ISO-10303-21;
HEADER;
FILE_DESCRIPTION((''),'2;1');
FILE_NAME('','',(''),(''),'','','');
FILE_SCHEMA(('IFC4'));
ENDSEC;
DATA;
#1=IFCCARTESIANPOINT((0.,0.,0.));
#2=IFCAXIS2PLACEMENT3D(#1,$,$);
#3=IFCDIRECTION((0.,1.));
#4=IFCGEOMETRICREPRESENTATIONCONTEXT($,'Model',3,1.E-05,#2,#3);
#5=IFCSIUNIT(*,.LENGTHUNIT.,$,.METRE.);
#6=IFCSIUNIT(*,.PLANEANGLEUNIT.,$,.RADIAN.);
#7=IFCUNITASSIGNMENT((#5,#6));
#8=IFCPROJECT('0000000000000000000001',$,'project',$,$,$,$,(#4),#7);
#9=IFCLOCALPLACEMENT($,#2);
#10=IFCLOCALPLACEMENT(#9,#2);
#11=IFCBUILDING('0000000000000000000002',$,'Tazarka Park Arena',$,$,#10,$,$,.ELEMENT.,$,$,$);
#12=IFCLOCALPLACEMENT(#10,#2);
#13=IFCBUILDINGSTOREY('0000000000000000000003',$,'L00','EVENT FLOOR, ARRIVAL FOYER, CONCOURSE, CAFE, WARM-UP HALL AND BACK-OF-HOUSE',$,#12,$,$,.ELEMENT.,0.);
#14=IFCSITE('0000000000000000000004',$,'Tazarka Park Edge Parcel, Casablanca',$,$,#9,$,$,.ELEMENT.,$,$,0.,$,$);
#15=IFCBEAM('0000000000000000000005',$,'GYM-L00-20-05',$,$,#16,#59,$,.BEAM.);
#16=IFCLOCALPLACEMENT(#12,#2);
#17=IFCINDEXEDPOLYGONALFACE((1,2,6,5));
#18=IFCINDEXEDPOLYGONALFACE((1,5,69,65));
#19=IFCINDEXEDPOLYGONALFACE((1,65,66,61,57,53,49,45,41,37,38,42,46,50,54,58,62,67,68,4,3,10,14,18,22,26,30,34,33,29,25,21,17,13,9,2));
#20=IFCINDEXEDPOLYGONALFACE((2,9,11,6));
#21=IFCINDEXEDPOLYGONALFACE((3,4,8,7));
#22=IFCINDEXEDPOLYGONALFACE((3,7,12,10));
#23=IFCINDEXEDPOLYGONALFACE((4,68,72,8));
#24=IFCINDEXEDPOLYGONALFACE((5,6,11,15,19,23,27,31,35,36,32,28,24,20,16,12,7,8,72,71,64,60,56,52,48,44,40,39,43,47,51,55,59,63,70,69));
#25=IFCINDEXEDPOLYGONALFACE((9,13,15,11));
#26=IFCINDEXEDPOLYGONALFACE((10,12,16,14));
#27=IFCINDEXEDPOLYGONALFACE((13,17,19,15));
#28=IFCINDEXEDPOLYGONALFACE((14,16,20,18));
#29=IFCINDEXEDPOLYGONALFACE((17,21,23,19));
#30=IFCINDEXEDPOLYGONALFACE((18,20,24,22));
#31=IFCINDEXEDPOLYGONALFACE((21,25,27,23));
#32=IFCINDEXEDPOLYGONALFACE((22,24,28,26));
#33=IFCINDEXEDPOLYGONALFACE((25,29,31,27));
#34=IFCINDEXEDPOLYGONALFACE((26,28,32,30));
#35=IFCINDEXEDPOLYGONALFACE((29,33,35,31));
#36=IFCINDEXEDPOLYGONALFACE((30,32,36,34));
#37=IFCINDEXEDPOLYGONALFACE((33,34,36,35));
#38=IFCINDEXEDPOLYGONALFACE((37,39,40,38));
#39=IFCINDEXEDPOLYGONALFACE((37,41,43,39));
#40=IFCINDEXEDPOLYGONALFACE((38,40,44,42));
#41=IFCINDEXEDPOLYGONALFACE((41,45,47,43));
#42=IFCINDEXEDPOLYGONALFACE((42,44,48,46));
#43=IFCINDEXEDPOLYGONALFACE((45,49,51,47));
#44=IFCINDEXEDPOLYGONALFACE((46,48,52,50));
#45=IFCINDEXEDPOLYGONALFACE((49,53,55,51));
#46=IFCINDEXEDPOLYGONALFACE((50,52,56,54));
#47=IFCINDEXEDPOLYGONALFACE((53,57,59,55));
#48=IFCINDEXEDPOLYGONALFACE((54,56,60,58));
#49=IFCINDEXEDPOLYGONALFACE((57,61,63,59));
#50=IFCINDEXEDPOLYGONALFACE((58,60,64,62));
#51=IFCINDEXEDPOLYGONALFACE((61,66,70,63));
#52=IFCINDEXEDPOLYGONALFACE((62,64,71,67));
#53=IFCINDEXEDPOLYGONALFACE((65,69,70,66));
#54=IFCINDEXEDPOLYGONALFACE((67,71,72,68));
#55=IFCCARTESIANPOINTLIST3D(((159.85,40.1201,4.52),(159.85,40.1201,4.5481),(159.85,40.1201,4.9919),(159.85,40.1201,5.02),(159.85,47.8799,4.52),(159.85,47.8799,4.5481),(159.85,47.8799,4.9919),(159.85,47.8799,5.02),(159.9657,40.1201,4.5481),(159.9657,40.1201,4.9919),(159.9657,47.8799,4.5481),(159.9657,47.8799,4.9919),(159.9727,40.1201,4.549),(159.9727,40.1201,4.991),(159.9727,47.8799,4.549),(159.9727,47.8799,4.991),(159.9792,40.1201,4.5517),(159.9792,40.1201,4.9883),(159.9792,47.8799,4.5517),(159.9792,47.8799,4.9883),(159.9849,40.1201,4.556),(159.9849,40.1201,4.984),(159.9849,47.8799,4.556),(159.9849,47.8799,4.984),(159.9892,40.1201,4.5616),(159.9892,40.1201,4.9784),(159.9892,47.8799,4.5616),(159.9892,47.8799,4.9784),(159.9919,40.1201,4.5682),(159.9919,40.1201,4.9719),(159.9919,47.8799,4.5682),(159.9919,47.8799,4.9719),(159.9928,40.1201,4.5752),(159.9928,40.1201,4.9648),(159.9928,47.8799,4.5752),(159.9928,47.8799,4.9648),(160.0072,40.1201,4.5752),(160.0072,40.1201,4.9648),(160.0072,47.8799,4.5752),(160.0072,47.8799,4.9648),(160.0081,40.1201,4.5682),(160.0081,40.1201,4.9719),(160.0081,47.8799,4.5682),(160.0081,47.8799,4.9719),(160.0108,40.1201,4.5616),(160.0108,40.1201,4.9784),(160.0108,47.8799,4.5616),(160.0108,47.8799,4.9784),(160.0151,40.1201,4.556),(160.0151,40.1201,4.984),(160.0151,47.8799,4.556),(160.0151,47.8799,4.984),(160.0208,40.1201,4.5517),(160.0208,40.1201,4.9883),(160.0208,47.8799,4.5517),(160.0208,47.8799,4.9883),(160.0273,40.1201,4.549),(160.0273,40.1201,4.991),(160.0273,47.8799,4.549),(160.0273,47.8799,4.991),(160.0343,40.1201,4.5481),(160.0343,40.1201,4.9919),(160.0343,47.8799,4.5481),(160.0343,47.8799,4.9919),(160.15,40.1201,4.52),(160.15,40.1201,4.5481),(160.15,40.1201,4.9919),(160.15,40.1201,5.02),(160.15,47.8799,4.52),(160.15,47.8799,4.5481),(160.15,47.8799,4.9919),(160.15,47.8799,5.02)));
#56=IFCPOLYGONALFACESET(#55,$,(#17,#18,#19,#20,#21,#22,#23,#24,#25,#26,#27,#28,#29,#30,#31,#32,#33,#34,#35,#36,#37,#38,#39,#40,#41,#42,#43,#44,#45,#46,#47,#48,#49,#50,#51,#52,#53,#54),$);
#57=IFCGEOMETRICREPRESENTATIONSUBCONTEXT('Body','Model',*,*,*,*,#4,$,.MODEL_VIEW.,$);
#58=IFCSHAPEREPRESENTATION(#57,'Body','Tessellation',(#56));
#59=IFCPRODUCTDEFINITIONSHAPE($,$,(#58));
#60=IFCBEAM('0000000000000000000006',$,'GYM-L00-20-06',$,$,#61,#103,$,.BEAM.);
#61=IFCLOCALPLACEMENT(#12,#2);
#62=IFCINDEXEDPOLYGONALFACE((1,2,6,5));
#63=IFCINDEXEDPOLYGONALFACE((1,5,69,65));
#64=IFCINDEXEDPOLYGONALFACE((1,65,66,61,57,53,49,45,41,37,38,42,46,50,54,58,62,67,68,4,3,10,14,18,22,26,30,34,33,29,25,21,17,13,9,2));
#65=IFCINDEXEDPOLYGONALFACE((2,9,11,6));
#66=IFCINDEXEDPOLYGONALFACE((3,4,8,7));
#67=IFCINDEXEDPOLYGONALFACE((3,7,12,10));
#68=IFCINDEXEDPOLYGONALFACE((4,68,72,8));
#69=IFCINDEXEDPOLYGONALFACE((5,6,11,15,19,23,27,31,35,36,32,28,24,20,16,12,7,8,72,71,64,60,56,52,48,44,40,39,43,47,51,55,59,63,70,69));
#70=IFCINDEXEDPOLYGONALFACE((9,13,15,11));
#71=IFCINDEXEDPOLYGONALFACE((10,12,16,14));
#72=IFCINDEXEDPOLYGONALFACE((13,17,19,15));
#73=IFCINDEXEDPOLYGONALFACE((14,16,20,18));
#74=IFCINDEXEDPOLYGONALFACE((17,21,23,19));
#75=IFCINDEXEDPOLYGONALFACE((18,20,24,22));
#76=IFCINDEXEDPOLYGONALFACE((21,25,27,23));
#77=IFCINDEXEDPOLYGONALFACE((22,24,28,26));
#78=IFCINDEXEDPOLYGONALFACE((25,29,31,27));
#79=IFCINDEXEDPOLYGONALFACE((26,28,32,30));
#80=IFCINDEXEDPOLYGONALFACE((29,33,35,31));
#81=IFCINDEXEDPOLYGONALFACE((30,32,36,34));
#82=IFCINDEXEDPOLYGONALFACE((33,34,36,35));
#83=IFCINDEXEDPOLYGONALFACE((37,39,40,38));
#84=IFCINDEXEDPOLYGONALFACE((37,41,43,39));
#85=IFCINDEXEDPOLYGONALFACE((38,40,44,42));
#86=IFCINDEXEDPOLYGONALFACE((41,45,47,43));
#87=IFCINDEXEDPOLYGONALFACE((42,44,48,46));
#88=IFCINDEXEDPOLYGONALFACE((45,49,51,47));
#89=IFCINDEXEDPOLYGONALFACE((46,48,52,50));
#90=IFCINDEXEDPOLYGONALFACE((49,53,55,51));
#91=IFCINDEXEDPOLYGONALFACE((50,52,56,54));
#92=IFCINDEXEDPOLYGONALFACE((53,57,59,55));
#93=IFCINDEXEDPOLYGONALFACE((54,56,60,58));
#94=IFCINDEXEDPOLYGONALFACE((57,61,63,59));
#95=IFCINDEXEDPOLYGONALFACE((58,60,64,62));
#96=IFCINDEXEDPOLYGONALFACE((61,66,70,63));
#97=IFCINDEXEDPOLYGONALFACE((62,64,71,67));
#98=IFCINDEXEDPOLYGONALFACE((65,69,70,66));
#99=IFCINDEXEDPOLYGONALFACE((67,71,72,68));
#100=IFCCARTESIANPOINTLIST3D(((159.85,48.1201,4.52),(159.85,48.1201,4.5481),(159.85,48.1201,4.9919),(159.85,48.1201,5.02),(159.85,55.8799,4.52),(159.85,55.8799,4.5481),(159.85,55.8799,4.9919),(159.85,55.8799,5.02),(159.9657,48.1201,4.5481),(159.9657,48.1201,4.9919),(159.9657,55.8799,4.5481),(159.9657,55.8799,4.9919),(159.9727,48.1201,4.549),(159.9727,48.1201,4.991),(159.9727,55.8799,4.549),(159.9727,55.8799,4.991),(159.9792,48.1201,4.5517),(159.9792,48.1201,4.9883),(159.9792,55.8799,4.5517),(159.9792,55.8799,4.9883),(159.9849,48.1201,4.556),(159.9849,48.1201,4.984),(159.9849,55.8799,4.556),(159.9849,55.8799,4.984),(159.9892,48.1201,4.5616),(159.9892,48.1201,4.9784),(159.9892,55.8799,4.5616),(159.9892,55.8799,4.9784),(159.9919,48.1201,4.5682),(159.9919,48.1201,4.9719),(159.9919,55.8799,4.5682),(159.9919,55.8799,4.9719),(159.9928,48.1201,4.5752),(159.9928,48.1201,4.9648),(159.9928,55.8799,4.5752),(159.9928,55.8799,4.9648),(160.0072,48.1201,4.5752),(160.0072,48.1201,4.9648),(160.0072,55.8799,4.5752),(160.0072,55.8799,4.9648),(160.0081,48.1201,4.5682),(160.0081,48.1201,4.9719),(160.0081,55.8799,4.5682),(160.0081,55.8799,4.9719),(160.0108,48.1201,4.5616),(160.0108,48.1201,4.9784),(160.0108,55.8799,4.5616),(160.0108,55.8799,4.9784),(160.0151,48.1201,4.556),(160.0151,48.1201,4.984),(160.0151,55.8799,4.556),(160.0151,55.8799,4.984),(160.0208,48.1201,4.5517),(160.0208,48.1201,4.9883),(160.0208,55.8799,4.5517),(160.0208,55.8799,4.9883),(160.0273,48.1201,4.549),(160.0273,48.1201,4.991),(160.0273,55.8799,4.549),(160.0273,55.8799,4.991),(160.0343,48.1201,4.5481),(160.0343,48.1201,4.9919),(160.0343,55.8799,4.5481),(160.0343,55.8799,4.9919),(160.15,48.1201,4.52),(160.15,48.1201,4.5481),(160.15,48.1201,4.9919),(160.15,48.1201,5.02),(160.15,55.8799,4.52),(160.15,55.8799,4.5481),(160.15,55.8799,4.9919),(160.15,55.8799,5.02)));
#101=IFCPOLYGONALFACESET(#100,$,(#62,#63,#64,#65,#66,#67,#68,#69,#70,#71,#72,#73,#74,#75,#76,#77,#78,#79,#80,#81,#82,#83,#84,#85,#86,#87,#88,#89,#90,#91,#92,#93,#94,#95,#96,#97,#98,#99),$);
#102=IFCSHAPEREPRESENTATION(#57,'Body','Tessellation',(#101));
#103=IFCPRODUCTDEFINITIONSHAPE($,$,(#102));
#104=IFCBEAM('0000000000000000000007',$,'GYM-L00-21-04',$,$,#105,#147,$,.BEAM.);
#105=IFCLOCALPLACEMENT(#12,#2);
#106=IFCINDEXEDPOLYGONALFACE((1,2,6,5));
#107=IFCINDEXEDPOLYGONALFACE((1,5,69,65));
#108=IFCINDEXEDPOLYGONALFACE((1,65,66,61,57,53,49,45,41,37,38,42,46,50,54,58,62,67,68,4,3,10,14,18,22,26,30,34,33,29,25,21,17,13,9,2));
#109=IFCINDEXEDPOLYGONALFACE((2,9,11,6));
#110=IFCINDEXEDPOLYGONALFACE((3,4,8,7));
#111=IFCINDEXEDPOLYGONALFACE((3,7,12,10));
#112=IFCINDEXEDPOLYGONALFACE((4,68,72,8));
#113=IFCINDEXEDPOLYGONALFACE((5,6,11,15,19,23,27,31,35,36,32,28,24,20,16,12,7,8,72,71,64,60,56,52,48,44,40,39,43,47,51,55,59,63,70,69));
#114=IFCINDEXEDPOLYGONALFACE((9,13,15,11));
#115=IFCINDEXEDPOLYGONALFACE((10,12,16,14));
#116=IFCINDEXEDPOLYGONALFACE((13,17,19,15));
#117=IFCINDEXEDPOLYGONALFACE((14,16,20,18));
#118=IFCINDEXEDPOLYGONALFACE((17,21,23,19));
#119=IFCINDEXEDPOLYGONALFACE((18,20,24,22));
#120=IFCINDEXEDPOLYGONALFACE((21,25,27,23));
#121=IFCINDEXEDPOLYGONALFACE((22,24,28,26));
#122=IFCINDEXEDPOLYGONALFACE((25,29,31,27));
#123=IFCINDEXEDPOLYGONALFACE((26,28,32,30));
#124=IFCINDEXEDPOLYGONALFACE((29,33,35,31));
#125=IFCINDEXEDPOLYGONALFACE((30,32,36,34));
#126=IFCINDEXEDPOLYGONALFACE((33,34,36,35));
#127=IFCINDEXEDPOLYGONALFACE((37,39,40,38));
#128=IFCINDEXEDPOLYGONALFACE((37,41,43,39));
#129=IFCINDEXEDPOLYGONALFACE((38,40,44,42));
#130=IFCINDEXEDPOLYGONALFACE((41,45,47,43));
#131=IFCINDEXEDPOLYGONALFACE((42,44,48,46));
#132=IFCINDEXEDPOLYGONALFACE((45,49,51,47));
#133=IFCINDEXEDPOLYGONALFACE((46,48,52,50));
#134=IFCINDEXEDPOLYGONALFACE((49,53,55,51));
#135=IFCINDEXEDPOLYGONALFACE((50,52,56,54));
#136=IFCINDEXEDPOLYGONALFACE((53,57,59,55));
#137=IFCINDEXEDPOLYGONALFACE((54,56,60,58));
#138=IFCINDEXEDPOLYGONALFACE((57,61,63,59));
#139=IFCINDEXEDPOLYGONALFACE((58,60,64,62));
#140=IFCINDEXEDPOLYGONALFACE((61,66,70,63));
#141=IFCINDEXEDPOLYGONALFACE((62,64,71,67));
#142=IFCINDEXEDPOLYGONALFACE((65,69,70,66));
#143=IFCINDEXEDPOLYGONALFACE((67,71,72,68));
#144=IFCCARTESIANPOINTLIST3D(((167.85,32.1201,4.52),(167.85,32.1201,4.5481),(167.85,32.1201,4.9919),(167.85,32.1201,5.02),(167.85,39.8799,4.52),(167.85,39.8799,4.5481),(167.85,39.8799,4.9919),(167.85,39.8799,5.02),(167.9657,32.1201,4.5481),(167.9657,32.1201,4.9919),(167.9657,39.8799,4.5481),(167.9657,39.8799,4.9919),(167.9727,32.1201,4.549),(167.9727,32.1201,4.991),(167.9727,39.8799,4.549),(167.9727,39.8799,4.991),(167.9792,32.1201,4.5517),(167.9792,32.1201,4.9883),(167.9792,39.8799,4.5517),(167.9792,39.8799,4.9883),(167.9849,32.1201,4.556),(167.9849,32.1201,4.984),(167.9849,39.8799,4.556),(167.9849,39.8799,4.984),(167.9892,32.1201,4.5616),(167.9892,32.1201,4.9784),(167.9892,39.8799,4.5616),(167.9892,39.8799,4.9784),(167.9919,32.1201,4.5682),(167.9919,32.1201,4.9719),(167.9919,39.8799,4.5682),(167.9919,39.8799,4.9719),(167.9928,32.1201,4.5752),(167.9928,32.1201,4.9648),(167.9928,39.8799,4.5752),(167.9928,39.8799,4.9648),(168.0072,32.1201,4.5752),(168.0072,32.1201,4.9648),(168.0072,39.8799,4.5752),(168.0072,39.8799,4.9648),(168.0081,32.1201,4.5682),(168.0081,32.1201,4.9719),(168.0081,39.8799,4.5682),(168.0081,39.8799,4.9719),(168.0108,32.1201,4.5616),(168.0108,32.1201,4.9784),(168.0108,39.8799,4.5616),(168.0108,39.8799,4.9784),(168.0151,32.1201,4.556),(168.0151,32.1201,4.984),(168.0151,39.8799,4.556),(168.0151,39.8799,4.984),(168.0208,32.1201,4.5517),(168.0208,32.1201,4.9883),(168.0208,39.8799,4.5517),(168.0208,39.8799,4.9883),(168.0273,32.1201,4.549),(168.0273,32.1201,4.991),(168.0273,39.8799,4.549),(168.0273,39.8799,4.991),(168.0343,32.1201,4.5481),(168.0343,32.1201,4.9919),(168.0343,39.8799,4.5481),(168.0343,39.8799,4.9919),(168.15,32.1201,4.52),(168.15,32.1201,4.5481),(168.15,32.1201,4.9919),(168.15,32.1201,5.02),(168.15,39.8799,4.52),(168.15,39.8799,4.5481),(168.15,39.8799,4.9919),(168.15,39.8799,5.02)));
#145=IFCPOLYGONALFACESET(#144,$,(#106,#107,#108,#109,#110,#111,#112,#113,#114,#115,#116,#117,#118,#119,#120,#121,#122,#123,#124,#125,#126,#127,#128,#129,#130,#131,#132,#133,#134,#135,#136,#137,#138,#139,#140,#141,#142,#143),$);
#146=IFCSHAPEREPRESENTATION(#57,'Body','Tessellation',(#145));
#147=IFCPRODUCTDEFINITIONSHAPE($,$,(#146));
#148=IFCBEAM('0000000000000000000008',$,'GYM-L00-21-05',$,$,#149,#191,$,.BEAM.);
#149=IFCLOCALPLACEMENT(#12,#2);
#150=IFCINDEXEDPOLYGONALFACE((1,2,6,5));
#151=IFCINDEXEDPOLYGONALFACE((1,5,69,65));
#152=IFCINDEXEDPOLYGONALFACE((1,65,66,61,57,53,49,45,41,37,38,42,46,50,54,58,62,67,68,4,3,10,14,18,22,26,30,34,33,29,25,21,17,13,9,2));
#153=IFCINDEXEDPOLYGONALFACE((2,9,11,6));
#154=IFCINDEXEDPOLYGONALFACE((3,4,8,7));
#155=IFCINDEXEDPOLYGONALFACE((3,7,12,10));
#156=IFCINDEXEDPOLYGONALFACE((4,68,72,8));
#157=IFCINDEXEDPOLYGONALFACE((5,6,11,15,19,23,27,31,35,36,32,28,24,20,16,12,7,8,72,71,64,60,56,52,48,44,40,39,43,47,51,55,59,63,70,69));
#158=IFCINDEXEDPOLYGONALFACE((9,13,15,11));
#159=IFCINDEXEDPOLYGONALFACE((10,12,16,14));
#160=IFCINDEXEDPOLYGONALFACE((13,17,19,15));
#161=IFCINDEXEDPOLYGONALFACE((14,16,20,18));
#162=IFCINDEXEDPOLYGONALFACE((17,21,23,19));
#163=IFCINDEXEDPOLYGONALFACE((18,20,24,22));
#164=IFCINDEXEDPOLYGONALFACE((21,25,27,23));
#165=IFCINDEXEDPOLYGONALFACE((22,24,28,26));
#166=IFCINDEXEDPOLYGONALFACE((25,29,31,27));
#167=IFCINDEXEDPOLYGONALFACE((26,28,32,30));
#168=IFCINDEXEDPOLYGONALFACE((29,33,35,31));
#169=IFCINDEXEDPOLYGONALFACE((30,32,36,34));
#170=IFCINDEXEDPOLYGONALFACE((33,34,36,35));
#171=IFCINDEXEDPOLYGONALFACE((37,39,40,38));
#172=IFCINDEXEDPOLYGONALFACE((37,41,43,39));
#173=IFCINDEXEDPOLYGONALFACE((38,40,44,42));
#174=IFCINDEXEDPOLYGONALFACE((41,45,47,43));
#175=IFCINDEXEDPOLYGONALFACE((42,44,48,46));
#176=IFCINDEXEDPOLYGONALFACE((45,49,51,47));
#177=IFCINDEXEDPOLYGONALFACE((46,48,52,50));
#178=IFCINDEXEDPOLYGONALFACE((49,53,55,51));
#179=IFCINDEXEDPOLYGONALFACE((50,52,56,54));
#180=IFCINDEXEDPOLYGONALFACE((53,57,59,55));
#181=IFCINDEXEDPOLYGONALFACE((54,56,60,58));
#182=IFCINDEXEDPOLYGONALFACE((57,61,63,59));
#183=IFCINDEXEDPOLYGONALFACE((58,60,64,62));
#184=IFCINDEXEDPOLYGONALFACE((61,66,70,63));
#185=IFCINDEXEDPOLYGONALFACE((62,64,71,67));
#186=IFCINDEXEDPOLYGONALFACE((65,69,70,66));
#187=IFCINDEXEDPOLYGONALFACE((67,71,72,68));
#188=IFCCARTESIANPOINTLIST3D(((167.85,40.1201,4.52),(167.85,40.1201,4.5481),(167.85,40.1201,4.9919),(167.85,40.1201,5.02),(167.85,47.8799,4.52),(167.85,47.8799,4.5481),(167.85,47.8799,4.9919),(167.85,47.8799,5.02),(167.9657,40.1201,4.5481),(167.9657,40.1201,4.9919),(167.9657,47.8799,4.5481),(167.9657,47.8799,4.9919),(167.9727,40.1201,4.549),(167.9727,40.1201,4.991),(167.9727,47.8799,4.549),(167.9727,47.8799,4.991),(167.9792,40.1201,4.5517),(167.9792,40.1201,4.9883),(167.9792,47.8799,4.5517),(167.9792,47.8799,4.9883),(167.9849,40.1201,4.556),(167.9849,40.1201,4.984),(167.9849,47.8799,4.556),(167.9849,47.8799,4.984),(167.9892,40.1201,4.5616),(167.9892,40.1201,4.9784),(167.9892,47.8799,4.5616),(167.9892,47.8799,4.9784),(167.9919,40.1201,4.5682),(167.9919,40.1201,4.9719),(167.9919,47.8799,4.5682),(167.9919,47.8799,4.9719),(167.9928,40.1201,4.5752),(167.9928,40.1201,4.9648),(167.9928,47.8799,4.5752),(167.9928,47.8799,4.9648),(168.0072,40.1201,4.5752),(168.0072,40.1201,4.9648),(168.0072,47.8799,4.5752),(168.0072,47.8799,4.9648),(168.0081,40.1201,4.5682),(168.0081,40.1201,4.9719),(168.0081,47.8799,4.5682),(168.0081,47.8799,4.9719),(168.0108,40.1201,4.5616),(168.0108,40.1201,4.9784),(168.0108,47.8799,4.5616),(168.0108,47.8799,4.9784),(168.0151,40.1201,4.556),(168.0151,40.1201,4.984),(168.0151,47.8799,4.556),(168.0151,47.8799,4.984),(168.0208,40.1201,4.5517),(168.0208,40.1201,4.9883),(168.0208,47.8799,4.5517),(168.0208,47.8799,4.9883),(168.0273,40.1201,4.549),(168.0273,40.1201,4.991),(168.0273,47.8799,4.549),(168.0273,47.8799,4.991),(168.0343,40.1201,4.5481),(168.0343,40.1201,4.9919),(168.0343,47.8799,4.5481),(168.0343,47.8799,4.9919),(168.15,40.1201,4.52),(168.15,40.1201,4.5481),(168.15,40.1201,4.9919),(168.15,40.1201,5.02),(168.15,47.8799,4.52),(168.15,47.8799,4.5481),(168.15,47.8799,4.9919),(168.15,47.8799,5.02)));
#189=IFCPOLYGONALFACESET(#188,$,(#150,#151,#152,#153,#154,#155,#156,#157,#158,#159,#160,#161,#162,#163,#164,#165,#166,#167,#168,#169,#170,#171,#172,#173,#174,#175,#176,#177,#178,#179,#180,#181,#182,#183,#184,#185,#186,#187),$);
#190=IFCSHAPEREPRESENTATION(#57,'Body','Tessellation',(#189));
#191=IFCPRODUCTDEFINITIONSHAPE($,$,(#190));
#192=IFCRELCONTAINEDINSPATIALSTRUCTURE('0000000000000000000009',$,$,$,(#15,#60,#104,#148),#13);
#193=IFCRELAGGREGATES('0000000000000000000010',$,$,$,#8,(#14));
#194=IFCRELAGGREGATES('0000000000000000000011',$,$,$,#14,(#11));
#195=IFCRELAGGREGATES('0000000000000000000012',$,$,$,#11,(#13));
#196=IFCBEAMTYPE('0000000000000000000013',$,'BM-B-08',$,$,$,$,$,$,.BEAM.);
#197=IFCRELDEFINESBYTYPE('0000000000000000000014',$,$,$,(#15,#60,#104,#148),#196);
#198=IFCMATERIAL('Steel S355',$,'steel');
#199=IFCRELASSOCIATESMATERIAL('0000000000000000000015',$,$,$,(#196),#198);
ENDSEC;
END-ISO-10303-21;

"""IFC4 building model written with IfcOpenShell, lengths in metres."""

from ifc_helpers import new_model, si_unit, direction, frame, origin, origin_2d, place, context, subcontext, project, spatial, i_section, extrude, material, material_profile, profile_set, type_object, element, save


model = new_model("IFC4")

# Units and contexts
model_context = context("Model", 3, precision=1e-05, world=origin(), true_north=direction((0.0, 1.0)))
body_context = subcontext(model_context, "Body", "Model", "MODEL_VIEW")
ifc_project = project(units=[si_unit("LENGTHUNIT", "METRE"), si_unit("PLANEANGLEUNIT", "RADIAN")], contexts=[model_context])

# Site, building, storey
site_placement = place(None, origin())
site = spatial("IfcSite", under=ifc_project, at=site_placement, Name="Tazarka Park Edge Parcel, Casablanca", CompositionType="ELEMENT", RefElevation=0.0)
building_placement = place(site_placement, origin())
building = spatial("IfcBuilding", under=site, at=building_placement, Name="Tazarka Park Arena", CompositionType="ELEMENT")
storey_placement = place(building_placement, origin())
storey = spatial("IfcBuildingStorey", under=building, at=storey_placement, Name="L00", Description="EVENT FLOOR, ARRIVAL FOYER, CONCOURSE, CAFE, WARM-UP HALL AND BACK-OF-HOUSE", CompositionType="ELEMENT", Elevation=0.0)

# Beams
ifc_material_1 = material(Name="Steel S355", Category="steel")
ifc_material_profile_1 = material_profile(ifc_material_1, i_section(OverallWidth=0.3, OverallDepth=0.5, WebThickness=0.0144, FlangeThickness=0.0281, FilletRadius=0.0271, at=origin_2d()), Name="Steel S355")
ifc_profile_set_1 = profile_set([ifc_material_profile_1], Name="Steel S355")
beam_type_1 = type_object("IfcBeamType", Name="BM-B-08", PredefinedType="BEAM", material=ifc_profile_set_1)
for number, where, z_axis, x_axis, name in (
    (1, (160.0, 40.1201, 4.77), (0.0, 1.0, 0.0), (-1.0, 0.0, 0.0), "GYM-L00-20-05"),
    (2, (160.0, 48.1201, 4.77), (0.0, 1.0, 0.0), (-1.0, 0.0, 0.0), "GYM-L00-20-06"),
    (3, (168.0, 32.1201, 4.77), (0.0, 1.0, 0.0), (-1.0, 0.0, 0.0), "GYM-L00-21-04"),
    (4, (168.0, 40.1201, 4.77), (0.0, 1.0, 0.0), (-1.0, 0.0, 0.0), "GYM-L00-21-05"),
):
    element("IfcBeam", number, at=place(storey_placement, frame(where, z_axis=z_axis, x_axis=x_axis)), inside=storey, type_object=beam_type_1, Name=name, PredefinedType="BEAM", context=body_context, shape_type="SweptSolid", body=[
        extrude(i_section(OverallWidth=0.3, OverallDepth=0.5, WebThickness=0.0144, FlangeThickness=0.0281, FilletRadius=0.0271, at=origin_2d()), origin(), (0.0, 0.0, 1.0), 7.7598),
    ])

save(model, "model.ifc")
